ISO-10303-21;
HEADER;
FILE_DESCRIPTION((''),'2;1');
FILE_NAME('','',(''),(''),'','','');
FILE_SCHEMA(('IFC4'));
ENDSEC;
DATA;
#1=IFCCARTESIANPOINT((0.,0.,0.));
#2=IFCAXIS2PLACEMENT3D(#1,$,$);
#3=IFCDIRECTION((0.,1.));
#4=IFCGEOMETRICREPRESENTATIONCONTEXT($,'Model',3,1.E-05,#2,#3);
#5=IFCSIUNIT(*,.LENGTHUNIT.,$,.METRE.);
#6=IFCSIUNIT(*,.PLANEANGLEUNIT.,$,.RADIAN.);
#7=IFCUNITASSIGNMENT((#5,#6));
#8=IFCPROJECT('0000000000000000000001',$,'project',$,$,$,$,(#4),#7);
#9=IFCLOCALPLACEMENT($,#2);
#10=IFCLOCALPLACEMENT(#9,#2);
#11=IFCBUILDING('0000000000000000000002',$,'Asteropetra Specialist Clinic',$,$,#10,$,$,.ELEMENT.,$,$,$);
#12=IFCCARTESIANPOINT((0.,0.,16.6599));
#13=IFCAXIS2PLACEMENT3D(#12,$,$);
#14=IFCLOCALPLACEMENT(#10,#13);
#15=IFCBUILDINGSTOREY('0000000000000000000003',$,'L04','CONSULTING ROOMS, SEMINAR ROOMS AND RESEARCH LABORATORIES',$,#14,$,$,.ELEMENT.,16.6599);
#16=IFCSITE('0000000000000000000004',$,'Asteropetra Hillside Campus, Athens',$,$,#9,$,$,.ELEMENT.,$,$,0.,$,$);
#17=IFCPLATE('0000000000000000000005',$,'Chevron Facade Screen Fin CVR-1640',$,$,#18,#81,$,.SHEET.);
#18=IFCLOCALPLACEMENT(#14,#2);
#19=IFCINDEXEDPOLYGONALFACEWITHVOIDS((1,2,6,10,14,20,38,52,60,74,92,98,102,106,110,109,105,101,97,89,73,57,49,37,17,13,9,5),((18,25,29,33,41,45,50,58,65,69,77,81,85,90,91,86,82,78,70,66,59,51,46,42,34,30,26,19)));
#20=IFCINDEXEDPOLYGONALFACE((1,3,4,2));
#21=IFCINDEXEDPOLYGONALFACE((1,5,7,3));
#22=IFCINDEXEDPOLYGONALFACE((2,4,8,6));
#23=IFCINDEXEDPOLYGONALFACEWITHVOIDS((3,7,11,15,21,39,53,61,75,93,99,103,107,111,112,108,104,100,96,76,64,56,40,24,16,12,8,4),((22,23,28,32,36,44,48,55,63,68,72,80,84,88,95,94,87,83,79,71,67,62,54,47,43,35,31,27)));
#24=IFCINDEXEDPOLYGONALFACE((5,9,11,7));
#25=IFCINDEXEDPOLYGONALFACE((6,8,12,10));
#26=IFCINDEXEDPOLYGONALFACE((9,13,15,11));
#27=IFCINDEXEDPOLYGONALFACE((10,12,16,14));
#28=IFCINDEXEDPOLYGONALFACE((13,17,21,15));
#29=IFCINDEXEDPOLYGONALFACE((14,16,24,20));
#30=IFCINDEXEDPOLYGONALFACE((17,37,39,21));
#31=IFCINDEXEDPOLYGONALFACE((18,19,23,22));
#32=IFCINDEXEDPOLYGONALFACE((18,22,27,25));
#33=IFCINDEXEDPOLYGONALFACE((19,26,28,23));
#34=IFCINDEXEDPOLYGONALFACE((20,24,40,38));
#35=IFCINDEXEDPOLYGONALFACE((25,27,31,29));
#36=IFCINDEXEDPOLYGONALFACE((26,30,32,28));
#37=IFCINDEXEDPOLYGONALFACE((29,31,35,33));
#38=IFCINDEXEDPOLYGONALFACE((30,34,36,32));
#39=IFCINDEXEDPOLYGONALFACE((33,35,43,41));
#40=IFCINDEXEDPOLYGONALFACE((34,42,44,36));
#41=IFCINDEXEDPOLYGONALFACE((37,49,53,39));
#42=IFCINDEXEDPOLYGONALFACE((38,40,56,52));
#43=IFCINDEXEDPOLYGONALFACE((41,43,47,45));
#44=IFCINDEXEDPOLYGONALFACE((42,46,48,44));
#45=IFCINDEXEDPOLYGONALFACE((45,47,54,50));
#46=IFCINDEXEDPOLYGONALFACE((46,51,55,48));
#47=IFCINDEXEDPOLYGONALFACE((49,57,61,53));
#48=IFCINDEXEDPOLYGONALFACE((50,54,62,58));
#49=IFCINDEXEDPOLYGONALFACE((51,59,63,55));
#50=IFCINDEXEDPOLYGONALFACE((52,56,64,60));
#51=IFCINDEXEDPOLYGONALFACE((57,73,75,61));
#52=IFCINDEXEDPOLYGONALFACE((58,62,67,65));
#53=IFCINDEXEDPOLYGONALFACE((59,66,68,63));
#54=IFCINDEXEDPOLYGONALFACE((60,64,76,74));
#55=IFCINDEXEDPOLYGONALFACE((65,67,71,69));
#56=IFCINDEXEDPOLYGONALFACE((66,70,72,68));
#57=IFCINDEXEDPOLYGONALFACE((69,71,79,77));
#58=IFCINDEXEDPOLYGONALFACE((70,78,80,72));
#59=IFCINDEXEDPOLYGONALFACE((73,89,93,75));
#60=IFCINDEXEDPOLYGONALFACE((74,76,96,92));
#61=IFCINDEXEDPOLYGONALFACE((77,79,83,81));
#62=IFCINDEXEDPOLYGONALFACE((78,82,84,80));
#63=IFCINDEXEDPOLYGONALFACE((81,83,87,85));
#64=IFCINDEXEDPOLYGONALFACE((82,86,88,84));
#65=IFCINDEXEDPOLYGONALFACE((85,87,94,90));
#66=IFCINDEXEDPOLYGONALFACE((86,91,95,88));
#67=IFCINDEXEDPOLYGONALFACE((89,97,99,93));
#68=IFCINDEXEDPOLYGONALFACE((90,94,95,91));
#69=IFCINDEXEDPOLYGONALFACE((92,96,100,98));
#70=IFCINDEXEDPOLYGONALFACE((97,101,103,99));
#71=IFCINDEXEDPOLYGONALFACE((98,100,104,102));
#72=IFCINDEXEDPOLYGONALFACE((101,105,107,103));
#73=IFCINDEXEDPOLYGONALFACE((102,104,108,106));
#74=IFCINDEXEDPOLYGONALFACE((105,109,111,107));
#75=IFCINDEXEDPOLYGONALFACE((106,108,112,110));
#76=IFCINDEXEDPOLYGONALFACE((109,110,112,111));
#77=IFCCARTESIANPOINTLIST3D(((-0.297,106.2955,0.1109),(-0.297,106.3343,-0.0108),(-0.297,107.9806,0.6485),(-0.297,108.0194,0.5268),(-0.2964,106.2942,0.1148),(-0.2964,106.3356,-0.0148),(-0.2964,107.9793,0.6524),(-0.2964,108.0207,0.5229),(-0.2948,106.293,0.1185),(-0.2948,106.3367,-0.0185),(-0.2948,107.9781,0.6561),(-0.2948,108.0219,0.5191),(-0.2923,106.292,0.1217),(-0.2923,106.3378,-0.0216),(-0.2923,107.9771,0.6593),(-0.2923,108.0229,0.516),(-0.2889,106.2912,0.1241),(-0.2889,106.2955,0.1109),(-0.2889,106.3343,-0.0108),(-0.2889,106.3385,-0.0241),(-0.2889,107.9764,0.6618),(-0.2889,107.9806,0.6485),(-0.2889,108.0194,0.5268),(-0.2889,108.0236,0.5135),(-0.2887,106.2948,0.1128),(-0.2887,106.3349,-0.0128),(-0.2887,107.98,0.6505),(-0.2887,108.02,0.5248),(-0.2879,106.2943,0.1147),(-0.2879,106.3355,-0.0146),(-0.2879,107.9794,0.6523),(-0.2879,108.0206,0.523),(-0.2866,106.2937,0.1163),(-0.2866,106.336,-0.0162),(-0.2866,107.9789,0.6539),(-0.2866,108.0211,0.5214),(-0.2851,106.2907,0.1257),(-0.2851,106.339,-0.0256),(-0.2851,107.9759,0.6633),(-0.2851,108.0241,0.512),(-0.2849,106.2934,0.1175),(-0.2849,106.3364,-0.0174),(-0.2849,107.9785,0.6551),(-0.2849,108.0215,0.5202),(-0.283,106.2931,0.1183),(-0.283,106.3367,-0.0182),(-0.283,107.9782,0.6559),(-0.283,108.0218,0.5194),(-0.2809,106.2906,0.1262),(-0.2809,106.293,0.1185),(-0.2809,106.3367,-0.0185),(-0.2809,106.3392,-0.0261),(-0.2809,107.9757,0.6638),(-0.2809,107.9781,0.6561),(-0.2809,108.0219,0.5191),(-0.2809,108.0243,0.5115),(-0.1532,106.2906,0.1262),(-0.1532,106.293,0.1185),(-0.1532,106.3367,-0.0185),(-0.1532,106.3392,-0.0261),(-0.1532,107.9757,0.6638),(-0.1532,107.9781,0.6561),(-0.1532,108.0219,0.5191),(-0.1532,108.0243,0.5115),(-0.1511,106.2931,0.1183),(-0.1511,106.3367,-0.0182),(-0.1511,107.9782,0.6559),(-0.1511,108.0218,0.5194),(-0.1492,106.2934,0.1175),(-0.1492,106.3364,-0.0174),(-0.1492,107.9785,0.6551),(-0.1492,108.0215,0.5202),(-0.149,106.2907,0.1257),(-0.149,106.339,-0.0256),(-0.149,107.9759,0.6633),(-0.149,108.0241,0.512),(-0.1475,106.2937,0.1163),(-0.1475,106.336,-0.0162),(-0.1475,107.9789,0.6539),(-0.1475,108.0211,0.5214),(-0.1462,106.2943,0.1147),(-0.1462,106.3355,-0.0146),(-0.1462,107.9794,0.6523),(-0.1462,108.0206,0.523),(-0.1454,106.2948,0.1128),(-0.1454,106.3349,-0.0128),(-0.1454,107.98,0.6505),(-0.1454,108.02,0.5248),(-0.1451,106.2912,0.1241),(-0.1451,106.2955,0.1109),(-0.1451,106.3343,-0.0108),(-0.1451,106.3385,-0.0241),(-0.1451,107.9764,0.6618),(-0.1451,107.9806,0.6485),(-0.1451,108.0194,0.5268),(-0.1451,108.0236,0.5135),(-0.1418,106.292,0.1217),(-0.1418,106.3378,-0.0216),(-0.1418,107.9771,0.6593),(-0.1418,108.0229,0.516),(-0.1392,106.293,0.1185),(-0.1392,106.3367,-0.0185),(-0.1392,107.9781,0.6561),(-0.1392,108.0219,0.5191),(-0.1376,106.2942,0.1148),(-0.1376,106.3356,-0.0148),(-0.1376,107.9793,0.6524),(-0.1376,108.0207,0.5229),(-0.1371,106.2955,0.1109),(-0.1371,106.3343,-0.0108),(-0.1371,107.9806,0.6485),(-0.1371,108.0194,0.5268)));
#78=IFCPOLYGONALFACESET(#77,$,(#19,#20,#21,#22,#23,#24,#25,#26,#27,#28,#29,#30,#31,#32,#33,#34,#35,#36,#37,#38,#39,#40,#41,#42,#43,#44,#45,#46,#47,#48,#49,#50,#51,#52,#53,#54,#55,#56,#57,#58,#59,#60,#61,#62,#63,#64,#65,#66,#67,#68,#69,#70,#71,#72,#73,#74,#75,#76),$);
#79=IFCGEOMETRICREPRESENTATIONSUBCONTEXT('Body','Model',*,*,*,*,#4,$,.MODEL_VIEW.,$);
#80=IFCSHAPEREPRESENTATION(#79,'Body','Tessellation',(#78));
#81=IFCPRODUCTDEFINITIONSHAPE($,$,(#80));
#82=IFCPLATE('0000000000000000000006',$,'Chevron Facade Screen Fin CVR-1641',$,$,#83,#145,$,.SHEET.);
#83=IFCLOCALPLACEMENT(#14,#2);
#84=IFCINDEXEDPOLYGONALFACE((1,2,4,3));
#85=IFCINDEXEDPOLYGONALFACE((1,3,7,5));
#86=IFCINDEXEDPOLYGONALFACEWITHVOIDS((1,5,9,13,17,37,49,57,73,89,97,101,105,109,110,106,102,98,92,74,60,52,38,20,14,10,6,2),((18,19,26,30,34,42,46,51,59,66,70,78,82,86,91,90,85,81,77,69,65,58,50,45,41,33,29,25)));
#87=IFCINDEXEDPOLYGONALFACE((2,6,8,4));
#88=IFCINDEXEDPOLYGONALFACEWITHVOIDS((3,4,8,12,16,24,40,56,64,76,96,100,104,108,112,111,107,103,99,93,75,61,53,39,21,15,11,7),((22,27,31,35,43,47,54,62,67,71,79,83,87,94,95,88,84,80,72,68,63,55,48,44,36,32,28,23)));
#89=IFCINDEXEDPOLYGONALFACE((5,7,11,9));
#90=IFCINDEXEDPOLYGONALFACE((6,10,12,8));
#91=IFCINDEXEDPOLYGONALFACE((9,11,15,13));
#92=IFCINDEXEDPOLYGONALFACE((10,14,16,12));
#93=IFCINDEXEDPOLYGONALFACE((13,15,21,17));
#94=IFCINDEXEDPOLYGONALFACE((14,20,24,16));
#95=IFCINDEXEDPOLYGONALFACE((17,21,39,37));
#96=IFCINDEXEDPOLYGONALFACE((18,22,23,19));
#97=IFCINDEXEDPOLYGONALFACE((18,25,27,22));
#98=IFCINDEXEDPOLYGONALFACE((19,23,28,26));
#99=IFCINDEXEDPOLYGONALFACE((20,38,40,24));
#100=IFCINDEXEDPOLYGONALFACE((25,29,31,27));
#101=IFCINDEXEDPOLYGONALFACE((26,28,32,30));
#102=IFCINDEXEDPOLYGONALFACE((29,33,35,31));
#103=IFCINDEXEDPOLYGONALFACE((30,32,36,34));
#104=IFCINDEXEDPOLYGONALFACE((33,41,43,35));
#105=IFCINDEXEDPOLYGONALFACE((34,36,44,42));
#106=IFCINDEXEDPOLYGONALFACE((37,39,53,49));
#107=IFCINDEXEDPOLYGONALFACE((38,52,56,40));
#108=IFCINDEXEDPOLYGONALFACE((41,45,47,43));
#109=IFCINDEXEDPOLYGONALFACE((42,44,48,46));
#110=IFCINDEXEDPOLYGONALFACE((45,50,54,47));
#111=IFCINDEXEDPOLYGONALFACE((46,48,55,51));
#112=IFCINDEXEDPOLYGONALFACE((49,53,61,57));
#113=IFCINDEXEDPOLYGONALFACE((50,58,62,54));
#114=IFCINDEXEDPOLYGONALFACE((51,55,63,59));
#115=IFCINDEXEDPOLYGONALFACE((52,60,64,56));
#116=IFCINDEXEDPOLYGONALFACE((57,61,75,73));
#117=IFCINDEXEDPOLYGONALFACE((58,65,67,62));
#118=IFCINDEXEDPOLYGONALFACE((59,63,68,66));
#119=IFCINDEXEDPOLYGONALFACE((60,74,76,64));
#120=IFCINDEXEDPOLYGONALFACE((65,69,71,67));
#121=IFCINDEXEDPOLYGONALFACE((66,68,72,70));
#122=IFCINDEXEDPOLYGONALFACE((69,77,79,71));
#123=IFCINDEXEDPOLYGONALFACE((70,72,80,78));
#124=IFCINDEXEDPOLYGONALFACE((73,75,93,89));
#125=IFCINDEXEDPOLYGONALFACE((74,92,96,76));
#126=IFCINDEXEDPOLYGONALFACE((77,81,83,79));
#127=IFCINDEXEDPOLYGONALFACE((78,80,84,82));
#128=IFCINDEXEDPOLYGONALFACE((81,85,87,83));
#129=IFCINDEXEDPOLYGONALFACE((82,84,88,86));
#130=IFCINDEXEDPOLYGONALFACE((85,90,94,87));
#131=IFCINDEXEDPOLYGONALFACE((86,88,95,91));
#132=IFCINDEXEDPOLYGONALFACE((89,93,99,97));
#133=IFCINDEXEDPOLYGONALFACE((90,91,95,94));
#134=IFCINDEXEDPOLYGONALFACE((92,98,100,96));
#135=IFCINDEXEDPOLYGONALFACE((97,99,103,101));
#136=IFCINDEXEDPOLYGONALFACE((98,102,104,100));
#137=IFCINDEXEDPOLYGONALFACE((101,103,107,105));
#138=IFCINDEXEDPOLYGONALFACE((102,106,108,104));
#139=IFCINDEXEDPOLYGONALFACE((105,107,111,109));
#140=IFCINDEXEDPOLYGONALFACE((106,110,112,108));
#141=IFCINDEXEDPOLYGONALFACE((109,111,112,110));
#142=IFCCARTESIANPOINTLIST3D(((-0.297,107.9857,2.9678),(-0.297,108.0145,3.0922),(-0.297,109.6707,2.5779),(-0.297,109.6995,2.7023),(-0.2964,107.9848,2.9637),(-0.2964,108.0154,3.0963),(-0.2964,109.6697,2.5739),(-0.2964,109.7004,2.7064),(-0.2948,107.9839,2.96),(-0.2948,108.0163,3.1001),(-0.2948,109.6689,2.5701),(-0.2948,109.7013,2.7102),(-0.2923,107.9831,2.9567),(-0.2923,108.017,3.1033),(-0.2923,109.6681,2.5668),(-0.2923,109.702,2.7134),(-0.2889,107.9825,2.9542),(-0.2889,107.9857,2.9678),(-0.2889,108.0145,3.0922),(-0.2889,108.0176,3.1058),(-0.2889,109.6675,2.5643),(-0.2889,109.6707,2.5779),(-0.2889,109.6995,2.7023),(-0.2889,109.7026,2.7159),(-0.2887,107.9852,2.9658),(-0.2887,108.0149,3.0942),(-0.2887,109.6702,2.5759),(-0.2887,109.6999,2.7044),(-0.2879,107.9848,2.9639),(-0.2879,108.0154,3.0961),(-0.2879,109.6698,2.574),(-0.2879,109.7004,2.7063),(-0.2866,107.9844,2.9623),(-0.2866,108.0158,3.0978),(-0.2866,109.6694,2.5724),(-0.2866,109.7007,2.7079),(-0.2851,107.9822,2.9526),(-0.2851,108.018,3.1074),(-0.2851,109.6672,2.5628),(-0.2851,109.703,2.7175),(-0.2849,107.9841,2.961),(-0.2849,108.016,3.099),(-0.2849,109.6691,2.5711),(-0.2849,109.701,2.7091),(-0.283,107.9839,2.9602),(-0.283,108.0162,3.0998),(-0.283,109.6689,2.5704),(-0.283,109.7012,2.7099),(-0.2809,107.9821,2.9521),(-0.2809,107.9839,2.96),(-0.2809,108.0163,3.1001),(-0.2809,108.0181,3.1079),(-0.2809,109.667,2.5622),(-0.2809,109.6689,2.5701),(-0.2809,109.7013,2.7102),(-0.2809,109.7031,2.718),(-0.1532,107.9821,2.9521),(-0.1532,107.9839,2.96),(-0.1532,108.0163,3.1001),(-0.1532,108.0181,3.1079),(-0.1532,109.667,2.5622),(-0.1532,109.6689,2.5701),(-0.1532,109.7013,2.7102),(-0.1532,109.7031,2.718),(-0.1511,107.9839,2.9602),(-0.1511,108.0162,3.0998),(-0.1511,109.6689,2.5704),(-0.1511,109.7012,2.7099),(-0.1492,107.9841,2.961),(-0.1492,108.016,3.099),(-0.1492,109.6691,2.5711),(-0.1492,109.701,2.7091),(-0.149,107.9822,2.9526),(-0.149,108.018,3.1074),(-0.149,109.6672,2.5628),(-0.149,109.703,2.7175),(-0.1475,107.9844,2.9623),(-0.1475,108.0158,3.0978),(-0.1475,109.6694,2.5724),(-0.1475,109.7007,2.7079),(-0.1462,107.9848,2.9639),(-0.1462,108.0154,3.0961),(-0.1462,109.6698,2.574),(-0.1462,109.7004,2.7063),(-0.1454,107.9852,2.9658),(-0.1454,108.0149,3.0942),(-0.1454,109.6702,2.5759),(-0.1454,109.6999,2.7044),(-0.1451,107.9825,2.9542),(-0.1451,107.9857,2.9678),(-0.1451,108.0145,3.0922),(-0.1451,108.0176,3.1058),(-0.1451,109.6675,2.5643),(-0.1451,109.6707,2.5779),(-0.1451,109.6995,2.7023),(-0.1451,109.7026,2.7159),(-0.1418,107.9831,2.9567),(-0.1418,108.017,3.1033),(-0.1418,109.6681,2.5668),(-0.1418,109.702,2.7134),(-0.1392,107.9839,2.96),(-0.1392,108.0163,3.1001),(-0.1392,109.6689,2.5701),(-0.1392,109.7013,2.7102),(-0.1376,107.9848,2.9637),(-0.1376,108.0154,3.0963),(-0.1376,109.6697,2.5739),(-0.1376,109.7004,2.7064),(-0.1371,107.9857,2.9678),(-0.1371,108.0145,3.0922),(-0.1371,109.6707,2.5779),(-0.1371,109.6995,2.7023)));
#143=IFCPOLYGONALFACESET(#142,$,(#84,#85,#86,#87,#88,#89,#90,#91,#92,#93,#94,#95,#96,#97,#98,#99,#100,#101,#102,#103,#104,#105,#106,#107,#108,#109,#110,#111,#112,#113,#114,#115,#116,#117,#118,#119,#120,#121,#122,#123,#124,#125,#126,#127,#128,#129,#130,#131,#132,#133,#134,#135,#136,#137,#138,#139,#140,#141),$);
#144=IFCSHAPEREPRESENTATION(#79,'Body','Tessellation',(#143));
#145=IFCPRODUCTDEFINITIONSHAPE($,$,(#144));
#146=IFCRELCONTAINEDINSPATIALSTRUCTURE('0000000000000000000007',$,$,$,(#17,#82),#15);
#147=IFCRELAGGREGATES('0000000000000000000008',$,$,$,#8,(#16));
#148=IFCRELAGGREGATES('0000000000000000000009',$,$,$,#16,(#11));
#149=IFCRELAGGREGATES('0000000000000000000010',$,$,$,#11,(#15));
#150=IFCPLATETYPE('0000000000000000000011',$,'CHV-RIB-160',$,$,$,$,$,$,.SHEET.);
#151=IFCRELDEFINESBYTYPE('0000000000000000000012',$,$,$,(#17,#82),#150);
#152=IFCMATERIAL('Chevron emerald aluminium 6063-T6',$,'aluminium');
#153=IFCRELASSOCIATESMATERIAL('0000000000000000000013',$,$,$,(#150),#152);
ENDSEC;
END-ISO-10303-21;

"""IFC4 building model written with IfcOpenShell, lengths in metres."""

from ifc_helpers import new_model, si_unit, direction, frame, origin, origin_2d, place, context, subcontext, project, spatial, hollow_rectangle, extrude, material, material_profile, profile_set, type_object, element, save


model = new_model("IFC4")

# Units and contexts
model_context = context("Model", 3, precision=1e-05, world=origin(), true_north=direction((0.0, 1.0)))
body_context = subcontext(model_context, "Body", "Model", "MODEL_VIEW")
ifc_project = project(units=[si_unit("LENGTHUNIT", "METRE"), si_unit("PLANEANGLEUNIT", "RADIAN")], contexts=[model_context])

# Site, building, storey
site_placement = place(None, origin())
site = spatial("IfcSite", under=ifc_project, at=site_placement, Name="Asteropetra Hillside Campus, Athens", CompositionType="ELEMENT", RefElevation=0.0)
building_placement = place(site_placement, origin())
building = spatial("IfcBuilding", under=site, at=building_placement, Name="Asteropetra Specialist Clinic", CompositionType="ELEMENT")
storey_placement = place(building_placement, frame((0.0, 0.0, 16.6599)))
storey = spatial("IfcBuildingStorey", under=building, at=storey_placement, Name="L04", Description="CONSULTING ROOMS, SEMINAR ROOMS AND RESEARCH LABORATORIES", CompositionType="ELEMENT", Elevation=16.6599)

# Plates
ifc_material_1 = material(Name="Chevron emerald aluminium 6063-T6", Category="aluminium")
ifc_material_profile_1 = material_profile(ifc_material_1, hollow_rectangle(XDim=0.1599, YDim=0.1599, WallThickness=0.0081, InnerFilletRadius=0.0081, OuterFilletRadius=0.0161, at=origin_2d()), Name="SHS 160x160x8.0")
ifc_profile_set_1 = profile_set([ifc_material_profile_1], Name="Chevron emerald aluminium 6063-T6")
plate_type_1 = type_object("IfcPlateType", Name="CHV-RIB-160", PredefinedType="SHEET", material=ifc_profile_set_1)
for number, where, z_axis, x_axis, name in (
    (1, (-0.217, 108.0, 0.5876), (0.0, -0.95269, -0.303944), (1.0, 0.0, 0.0), "Chevron Facade Screen Fin CVR-1640"),
):
    element("IfcPlate", number, at=place(storey_placement, frame(where, z_axis=z_axis, x_axis=x_axis)), inside=storey, type_object=plate_type_1, Name=name, PredefinedType="SHEET", context=body_context, shape_type="SweptSolid", body=[
        extrude(hollow_rectangle(XDim=0.1599, YDim=0.1599, WallThickness=0.0081, InnerFilletRadius=0.0081, OuterFilletRadius=0.0161, at=origin_2d()), origin(), (0.0, 0.0, 1.0), 1.7688),
    ])
for number, where, z_axis, x_axis, name in (
    (2, (-0.217, 109.6851, 2.6401), (0.0, -0.97426, 0.225426), (1.0, 0.0, 0.0), "Chevron Facade Screen Fin CVR-1641"),
):
    element("IfcPlate", number, at=place(storey_placement, frame(where, z_axis=z_axis, x_axis=x_axis)), inside=storey, type_object=plate_type_1, Name=name, PredefinedType="SHEET", context=body_context, shape_type="SweptSolid", body=[
        extrude(hollow_rectangle(XDim=0.1599, YDim=0.1599, WallThickness=0.0081, InnerFilletRadius=0.0081, OuterFilletRadius=0.0161, at=origin_2d()), origin(), (0.0, 0.0, 1.0), 1.7295),
    ])

save(model, "model.ifc")
